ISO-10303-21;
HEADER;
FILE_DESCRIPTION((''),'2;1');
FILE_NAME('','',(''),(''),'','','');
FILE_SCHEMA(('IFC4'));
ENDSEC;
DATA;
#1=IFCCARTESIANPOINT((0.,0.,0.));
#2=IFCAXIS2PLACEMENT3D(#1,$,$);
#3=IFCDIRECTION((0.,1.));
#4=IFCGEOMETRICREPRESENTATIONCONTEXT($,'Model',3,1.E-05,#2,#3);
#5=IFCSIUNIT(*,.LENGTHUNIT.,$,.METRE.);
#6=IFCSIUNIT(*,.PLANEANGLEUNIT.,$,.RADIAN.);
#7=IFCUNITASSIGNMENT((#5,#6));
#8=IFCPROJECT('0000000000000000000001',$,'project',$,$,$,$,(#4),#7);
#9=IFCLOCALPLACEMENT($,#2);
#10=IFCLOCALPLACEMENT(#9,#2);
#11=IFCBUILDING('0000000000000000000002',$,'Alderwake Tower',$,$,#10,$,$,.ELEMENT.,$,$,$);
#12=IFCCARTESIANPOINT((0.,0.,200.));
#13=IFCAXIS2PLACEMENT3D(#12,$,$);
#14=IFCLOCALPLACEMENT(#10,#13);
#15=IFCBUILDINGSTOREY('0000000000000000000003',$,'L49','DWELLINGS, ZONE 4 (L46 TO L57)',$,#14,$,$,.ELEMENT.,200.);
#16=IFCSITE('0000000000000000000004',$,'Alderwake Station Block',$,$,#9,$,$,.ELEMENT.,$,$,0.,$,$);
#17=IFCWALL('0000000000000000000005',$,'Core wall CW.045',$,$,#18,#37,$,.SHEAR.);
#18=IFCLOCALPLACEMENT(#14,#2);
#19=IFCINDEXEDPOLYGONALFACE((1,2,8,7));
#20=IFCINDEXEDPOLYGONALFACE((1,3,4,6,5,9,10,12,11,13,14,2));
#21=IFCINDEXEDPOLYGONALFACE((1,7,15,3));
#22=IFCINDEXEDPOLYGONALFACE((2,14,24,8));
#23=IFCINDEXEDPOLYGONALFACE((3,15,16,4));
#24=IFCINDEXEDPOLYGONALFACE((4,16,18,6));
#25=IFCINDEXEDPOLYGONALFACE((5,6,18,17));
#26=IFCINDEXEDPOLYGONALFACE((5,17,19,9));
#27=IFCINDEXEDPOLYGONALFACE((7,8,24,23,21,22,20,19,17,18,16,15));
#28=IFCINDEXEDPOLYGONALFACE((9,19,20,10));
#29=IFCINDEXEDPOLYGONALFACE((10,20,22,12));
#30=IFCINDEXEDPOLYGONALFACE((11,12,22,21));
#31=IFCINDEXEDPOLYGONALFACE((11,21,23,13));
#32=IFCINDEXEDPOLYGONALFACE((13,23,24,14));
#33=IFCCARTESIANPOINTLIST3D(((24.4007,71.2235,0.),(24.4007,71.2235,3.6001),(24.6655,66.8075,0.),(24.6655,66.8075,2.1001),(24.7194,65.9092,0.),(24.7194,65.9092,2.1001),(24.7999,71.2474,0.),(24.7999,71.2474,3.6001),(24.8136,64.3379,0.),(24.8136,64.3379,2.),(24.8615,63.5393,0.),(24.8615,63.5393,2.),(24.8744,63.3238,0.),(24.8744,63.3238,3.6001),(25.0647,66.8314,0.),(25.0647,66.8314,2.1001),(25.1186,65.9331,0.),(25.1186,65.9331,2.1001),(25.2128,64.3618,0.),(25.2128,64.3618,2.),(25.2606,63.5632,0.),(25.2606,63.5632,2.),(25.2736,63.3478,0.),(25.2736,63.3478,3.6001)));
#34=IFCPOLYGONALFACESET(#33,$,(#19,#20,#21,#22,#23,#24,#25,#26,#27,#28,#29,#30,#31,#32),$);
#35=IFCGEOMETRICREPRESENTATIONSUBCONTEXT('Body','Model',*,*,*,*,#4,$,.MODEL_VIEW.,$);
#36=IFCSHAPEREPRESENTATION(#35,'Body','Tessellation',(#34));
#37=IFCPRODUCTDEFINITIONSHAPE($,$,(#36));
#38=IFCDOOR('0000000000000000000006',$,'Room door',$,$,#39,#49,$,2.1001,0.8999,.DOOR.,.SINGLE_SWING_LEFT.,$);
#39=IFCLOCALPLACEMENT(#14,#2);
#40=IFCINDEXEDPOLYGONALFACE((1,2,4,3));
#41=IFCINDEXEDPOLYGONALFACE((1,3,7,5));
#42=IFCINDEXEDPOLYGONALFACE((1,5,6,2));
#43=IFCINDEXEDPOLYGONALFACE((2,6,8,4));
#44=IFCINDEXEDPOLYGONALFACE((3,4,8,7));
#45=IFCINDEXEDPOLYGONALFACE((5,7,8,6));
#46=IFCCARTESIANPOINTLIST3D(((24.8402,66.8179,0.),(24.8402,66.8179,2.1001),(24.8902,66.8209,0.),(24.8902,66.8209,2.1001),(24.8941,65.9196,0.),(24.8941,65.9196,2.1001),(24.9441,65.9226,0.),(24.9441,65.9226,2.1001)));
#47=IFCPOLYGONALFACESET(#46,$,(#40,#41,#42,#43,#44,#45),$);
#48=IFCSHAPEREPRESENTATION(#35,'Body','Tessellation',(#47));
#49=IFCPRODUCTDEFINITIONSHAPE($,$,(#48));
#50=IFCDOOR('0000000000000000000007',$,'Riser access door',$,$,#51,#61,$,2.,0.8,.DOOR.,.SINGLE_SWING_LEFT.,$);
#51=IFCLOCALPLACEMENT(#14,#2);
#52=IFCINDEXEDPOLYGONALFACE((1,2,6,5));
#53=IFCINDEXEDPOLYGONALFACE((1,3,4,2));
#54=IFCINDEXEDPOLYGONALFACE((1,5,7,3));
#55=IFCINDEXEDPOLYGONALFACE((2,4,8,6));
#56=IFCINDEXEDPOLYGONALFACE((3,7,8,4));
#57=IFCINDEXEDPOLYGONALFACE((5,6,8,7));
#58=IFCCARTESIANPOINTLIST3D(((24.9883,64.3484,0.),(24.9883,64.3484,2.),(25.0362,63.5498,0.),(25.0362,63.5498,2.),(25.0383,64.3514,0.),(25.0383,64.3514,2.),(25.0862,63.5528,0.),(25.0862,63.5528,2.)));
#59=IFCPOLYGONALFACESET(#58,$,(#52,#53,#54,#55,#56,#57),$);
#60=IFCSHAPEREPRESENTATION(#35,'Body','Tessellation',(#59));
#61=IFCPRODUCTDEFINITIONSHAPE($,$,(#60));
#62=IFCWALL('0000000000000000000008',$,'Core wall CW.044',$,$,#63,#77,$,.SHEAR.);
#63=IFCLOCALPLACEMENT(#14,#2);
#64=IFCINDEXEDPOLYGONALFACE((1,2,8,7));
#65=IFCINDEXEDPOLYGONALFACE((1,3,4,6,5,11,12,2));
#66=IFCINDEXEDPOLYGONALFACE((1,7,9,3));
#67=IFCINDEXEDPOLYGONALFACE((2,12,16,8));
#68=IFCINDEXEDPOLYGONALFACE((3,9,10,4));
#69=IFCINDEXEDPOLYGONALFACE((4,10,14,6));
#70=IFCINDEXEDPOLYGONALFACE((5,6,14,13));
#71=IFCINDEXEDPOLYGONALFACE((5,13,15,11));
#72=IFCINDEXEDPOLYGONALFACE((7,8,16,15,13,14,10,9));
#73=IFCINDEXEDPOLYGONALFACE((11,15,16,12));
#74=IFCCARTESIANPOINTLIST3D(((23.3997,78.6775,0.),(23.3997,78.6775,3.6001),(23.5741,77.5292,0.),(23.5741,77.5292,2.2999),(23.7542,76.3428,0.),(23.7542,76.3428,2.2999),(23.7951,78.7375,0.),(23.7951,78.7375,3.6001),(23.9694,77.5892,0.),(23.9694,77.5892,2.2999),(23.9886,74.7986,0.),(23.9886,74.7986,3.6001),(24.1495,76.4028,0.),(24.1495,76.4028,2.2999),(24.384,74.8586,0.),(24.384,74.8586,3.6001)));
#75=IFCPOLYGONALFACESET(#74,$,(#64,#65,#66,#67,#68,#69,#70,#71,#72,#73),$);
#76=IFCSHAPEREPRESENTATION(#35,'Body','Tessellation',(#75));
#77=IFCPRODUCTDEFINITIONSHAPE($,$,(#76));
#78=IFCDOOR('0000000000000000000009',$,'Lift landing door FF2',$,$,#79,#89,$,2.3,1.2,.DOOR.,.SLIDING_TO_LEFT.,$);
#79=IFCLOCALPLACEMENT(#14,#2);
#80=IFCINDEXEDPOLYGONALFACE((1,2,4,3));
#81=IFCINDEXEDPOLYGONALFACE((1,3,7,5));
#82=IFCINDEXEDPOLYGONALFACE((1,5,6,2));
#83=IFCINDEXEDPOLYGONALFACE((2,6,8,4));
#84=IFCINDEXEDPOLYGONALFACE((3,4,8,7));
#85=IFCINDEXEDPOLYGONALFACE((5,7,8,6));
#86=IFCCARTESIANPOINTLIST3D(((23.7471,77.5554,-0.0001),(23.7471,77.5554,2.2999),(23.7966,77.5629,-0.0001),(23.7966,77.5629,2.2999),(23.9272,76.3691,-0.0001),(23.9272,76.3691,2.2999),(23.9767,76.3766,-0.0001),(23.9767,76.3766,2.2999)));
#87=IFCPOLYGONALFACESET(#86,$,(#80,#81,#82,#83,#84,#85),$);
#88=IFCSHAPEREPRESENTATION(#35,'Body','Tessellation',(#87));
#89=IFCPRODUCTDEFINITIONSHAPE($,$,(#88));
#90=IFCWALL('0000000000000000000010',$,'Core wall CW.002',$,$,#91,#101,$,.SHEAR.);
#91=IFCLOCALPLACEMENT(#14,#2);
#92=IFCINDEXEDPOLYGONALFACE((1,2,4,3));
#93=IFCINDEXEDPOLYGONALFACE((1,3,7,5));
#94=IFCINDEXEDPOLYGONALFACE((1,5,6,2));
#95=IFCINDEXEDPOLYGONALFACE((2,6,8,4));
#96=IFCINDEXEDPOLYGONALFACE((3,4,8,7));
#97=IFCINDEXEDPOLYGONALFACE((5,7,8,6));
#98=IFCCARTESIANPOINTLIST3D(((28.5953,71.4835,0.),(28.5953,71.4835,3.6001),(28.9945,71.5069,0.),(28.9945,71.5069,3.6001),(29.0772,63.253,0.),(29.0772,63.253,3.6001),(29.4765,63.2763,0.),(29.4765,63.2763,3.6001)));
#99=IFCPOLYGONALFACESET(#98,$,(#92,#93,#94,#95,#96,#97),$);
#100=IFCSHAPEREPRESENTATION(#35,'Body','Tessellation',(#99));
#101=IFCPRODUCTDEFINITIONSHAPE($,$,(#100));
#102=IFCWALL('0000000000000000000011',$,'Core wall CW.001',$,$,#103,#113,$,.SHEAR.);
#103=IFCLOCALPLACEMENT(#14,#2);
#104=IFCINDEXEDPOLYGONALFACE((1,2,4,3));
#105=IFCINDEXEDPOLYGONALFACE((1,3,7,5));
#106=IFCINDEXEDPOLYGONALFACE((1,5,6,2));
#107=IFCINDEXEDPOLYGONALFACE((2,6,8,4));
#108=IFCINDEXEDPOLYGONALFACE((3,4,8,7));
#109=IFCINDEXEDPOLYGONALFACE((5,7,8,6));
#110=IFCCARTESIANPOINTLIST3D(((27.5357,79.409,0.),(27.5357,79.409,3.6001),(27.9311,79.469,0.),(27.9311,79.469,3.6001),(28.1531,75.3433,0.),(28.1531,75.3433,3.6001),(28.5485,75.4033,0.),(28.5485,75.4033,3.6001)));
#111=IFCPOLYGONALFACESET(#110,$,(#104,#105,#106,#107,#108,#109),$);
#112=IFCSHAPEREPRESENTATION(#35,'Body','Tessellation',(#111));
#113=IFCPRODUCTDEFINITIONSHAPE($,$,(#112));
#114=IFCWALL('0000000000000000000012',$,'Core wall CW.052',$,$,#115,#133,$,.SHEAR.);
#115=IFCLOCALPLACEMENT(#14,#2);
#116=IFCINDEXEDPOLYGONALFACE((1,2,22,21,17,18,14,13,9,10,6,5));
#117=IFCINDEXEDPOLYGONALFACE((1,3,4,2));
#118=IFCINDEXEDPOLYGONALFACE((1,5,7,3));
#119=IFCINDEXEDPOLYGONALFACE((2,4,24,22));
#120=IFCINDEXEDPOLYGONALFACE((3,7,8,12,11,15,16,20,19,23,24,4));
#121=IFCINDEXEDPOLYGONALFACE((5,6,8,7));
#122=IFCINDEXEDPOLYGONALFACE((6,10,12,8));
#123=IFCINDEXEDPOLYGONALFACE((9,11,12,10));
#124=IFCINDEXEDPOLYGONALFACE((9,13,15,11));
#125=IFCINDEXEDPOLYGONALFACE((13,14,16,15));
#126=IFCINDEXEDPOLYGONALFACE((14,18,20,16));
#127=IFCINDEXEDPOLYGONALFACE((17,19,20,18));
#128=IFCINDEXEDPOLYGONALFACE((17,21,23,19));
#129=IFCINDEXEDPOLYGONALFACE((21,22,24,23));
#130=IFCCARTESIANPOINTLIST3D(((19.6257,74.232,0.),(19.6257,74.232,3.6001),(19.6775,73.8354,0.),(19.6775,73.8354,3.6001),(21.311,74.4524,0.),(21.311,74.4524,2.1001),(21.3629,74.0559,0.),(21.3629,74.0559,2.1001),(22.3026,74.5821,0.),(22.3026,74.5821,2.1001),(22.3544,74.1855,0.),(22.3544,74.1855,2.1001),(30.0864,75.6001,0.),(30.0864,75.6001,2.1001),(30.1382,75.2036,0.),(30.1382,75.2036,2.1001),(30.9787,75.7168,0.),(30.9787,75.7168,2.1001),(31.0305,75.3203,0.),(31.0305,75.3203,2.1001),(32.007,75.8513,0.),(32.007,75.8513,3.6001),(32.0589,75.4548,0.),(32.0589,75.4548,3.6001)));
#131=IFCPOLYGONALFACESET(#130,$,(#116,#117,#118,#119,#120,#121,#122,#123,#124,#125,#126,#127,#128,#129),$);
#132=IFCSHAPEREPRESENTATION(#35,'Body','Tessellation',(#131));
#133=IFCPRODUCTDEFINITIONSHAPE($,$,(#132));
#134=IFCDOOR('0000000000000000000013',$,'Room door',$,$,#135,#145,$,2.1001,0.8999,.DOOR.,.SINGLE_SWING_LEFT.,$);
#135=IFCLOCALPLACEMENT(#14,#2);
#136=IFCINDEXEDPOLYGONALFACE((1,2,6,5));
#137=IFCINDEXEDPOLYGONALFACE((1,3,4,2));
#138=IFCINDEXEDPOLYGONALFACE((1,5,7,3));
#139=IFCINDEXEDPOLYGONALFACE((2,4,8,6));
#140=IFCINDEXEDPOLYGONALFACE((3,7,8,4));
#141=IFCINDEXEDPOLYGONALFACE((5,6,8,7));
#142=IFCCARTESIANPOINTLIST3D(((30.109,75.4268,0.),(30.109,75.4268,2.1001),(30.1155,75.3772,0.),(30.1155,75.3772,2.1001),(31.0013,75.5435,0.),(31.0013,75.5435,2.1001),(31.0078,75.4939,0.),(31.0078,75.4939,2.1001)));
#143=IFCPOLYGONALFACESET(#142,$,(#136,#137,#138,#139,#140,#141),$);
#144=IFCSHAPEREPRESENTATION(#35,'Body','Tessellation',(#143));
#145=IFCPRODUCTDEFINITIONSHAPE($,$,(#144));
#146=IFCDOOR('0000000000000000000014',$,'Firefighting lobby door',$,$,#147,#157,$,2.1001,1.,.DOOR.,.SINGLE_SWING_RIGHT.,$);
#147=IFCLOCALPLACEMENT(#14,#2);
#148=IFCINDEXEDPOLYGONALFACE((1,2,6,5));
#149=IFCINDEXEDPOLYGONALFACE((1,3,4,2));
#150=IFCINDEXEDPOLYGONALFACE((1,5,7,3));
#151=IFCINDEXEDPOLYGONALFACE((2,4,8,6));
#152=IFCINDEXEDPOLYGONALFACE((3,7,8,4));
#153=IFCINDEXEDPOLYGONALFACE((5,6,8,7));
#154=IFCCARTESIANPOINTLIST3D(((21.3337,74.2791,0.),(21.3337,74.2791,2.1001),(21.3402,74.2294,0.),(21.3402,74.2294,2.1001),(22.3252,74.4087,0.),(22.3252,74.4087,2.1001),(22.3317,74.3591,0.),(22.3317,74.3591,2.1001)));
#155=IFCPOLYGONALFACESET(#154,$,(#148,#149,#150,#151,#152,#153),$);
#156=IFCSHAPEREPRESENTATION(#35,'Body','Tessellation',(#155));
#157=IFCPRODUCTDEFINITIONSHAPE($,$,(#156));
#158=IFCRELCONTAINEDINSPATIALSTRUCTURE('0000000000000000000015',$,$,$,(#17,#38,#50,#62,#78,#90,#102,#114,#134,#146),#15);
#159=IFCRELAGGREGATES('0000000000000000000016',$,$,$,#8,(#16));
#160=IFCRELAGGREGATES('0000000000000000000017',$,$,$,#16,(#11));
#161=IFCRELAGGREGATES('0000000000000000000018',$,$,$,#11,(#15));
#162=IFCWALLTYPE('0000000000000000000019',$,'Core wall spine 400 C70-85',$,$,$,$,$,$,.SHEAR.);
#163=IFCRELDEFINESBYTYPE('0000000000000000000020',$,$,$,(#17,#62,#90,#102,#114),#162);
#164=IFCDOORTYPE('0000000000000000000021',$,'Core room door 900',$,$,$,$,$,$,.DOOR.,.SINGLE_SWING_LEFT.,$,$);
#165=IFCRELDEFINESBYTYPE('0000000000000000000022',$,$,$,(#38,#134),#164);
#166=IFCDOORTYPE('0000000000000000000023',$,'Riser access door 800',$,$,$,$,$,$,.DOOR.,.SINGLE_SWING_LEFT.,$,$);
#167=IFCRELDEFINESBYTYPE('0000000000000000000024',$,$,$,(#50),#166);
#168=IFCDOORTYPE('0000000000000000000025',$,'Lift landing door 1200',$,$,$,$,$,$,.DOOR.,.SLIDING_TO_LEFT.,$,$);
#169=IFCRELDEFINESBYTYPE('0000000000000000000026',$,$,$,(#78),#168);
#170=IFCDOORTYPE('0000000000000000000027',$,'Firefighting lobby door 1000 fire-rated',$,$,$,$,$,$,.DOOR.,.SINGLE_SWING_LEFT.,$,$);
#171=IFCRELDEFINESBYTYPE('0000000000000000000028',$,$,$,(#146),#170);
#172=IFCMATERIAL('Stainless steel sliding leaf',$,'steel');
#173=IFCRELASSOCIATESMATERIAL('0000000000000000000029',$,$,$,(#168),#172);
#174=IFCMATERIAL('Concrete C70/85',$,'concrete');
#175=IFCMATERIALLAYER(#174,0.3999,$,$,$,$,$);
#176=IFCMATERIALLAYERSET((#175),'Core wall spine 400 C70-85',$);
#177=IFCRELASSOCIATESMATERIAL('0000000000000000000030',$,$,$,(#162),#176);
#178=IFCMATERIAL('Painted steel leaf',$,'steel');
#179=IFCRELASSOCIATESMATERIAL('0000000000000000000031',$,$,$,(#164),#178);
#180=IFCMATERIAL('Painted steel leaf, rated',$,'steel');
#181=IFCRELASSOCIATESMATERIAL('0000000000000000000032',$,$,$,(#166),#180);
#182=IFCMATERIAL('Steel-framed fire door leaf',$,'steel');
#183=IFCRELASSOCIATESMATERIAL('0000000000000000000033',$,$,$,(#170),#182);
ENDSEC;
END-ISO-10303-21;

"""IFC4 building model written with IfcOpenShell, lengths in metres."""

from ifc_helpers import new_model, si_unit, direction, frame, frame_2d, origin, place, context, subcontext, project, spatial, rectangle, extrude, material, layer, layer_set, type_object, element, fill, save


model = new_model("IFC4")

# Units and contexts
model_context = context("Model", 3, precision=1e-05, world=origin(), true_north=direction((0.0, 1.0)))
body_context = subcontext(model_context, "Body", "Model", "MODEL_VIEW")
ifc_project = project(units=[si_unit("LENGTHUNIT", "METRE"), si_unit("PLANEANGLEUNIT", "RADIAN")], contexts=[model_context])

# Site, building, storey
site_placement = place(None, origin())
site = spatial("IfcSite", under=ifc_project, at=site_placement, Name="Alderwake Station Block", CompositionType="ELEMENT", RefElevation=0.0)
building_placement = place(site_placement, origin())
building = spatial("IfcBuilding", under=site, at=building_placement, Name="Alderwake Tower", CompositionType="ELEMENT")
storey_placement = place(building_placement, frame((0.0, 0.0, 200.0)))
storey = spatial("IfcBuildingStorey", under=building, at=storey_placement, Name="L49", Description="DWELLINGS, ZONE 4 (L46 TO L57)", CompositionType="ELEMENT", Elevation=200.0)

# Shared definitions
ifc_material_1 = material(Name="Stainless steel sliding leaf", Category="steel")
door_type_1 = type_object("IfcDoorType", Name="Lift landing door 1200", OperationType="SLIDING_TO_LEFT", PredefinedType="DOOR", material=ifc_material_1)

# Wall, openings, doors
ifc_material_2 = material(Name="Concrete C70/85", Category="concrete")
ifc_layer_1 = layer(ifc_material_2, 0.3999)
ifc_layer_set_1 = layer_set([ifc_layer_1], Name="Core wall spine 400 C70-85")
wall_type_1 = type_object("IfcWallType", Name="Core wall spine 400 C70-85", PredefinedType="SHEAR", material=ifc_layer_set_1)
wall_1_placement = place(storey_placement, frame((25.074, 63.3357, 0.0), z_axis=(0.0, 0.0, 1.0), x_axis=(-0.059849, 0.998207, 0.0)))
wall_1 = element("IfcWall", 1, at=wall_1_placement, inside=storey, type_object=wall_type_1, Name="Core wall CW.045", PredefinedType="SHEAR", context=body_context, shape_type="SweptSolid", body=[
    extrude(rectangle(XDim=7.9138, YDim=0.3999, at=frame_2d((3.957, 0.0))), origin(), (0.0, 0.0, 1.0), 3.6001),
])
opening_1_placement = place(wall_1_placement, frame((0.2161, 0.0, 0.0)))
opening_1 = element("IfcOpeningElement", 2, at=opening_1_placement, cuts=wall_1, PredefinedType="OPENING", context=body_context, shape_type="SweptSolid", body=[
    extrude(rectangle(XDim=0.8, YDim=2.0, at=frame_2d((0.3999, 1.0))), frame((0.0, 0.21, 0.0), z_axis=(0.0, -1.0, 0.0), x_axis=(1.0, 0.0, 0.0)), (0.0, 0.0, 1.0), 0.4199),
])
opening_2_placement = place(wall_1_placement, frame((2.5901, 0.0, 0.0)))
opening_2 = element("IfcOpeningElement", 3, at=opening_2_placement, cuts=wall_1, PredefinedType="OPENING", context=body_context, shape_type="SweptSolid", body=[
    extrude(rectangle(XDim=0.8999, YDim=2.1001, at=frame_2d((0.45, 1.05))), frame((0.0, 0.21, 0.0), z_axis=(0.0, -1.0, 0.0), x_axis=(1.0, 0.0, 0.0)), (0.0, 0.0, 1.0), 0.4199),
])
ifc_material_3 = material(Name="Painted steel leaf", Category="steel")
door_type_2 = type_object("IfcDoorType", Name="Core room door 900", OperationType="SINGLE_SWING_LEFT", PredefinedType="DOOR", material=ifc_material_3)
door_1_placement = place(opening_2_placement, origin())
door_1 = element("IfcDoor", 4, at=door_1_placement, inside=storey, type_object=door_type_2, Name="Room door", OperationType="SINGLE_SWING_LEFT", OverallHeight=2.1001, OverallWidth=0.8999, PredefinedType="DOOR", context=body_context, shape_type="SweptSolid", body=[
    extrude(rectangle(XDim=0.8999, YDim=2.1001, at=frame_2d((0.45, 1.05))), frame((0.0, 0.0249, 0.0), z_axis=(0.0, -1.0, 0.0), x_axis=(1.0, 0.0, 0.0)), (0.0, 0.0, 1.0), 0.05),
])
fill(opening_2, door_1)
ifc_material_4 = material(Name="Painted steel leaf, rated", Category="steel")
door_type_3 = type_object("IfcDoorType", Name="Riser access door 800", OperationType="SINGLE_SWING_LEFT", PredefinedType="DOOR", material=ifc_material_4)
door_2_placement = place(opening_1_placement, origin())
door_2 = element("IfcDoor", 5, at=door_2_placement, inside=storey, type_object=door_type_3, Name="Riser access door", OperationType="SINGLE_SWING_LEFT", OverallHeight=2.0, OverallWidth=0.8, PredefinedType="DOOR", context=body_context, shape_type="SweptSolid", body=[
    extrude(rectangle(XDim=0.8, YDim=2.0, at=frame_2d((0.3999, 1.0))), frame((0.0, 0.0249, 0.0), z_axis=(0.0, -1.0, 0.0), x_axis=(1.0, 0.0, 0.0)), (0.0, 0.0, 1.0), 0.05),
])
fill(opening_1, door_2)

# Wall, opening, door
wall_2_placement = place(storey_placement, frame((24.1863, 74.8286, 0.0), z_axis=(0.0, 0.0, 1.0), x_axis=(-0.150093, 0.988672, 0.0)))
wall_2 = element("IfcWall", 6, at=wall_2_placement, inside=storey, type_object=wall_type_1, Name="Core wall CW.044", PredefinedType="SHEAR", context=body_context, shape_type="SweptSolid", body=[
    extrude(rectangle(XDim=3.9233, YDim=0.3999, at=frame_2d((1.9617, 0.0))), origin(), (0.0, 0.0, 1.0), 3.6001),
])
opening_3_placement = place(wall_2_placement, frame((1.5618, 0.0, 0.0)))
opening_3 = element("IfcOpeningElement", 7, at=opening_3_placement, cuts=wall_2, PredefinedType="OPENING", context=body_context, shape_type="SweptSolid", body=[
    extrude(rectangle(XDim=1.2, YDim=2.3, at=frame_2d((0.6001, 1.1499))), frame((0.0, 0.21, 0.0), z_axis=(0.0, -1.0, 0.0), x_axis=(1.0, 0.0, 0.0)), (0.0, 0.0, 1.0), 0.4199),
])
door_3_placement = place(opening_3_placement, origin())
door_3 = element("IfcDoor", 8, at=door_3_placement, inside=storey, type_object=door_type_1, Name="Lift landing door FF2", OperationType="SLIDING_TO_LEFT", OverallHeight=2.3, OverallWidth=1.2, PredefinedType="DOOR", context=body_context, shape_type="SweptSolid", body=[
    extrude(rectangle(XDim=1.2, YDim=2.3, at=frame_2d((0.6001, 1.1499))), frame((0.0, 0.0249, 0.0), z_axis=(0.0, -1.0, 0.0), x_axis=(1.0, 0.0, 0.0)), (0.0, 0.0, 1.0), 0.05),
])
fill(opening_3, door_3)

# Walls
wall_3_placement = place(storey_placement, frame((29.2769, 63.2646, 0.0), z_axis=(0.0, 0.0, 1.0), x_axis=(-0.058455, 0.99829, 0.0)))
element("IfcWall", 9, at=wall_3_placement, inside=storey, type_object=wall_type_1, Name="Core wall CW.002", PredefinedType="SHEAR", context=body_context, shape_type="SweptSolid", body=[
    extrude(rectangle(XDim=8.2446, YDim=0.3999, at=frame_2d((4.1223, 0.0))), origin(), (0.0, 0.0, 1.0), 3.6001),
])
wall_4_placement = place(storey_placement, frame((28.3508, 75.3733, 0.0), z_axis=(0.0, 0.0, 1.0), x_axis=(-0.150143, 0.988664, 0.0)))
element("IfcWall", 10, at=wall_4_placement, inside=storey, type_object=wall_type_1, Name="Core wall CW.001", PredefinedType="SHEAR", context=body_context, shape_type="SweptSolid", body=[
    extrude(rectangle(XDim=4.1123, YDim=0.3999, at=frame_2d((2.0562, 0.0))), origin(), (0.0, 0.0, 1.0), 3.6001),
])

# Wall, openings, doors
wall_5_placement = place(storey_placement, frame((32.033, 75.6531, 0.0), z_axis=(0.0, 0.0, 1.0), x_axis=(-0.991555, -0.129688, 0.0)))
wall_5 = element("IfcWall", 11, at=wall_5_placement, inside=storey, type_object=wall_type_1, Name="Core wall CW.052", PredefinedType="SHEAR", context=body_context, shape_type="SweptSolid", body=[
    extrude(rectangle(XDim=12.4868, YDim=0.3999, at=frame_2d((6.2434, 0.0))), origin(), (0.0, 0.0, 1.0), 3.6001),
])
opening_4_placement = place(wall_5_placement, frame((9.7871, 0.0, 0.0)))
opening_4 = element("IfcOpeningElement", 12, at=opening_4_placement, cuts=wall_5, PredefinedType="OPENING", context=body_context, shape_type="SweptSolid", body=[
    extrude(rectangle(XDim=1.0, YDim=2.1001, at=frame_2d((0.5, 1.05))), frame((0.0, 0.21, 0.0), z_axis=(0.0, -1.0, 0.0), x_axis=(1.0, 0.0, 0.0)), (0.0, 0.0, 1.0), 0.4199),
])
opening_5_placement = place(wall_5_placement, frame((1.0371, 0.0, 0.0)))
opening_5 = element("IfcOpeningElement", 13, at=opening_5_placement, cuts=wall_5, PredefinedType="OPENING", context=body_context, shape_type="SweptSolid", body=[
    extrude(rectangle(XDim=0.8999, YDim=2.1001, at=frame_2d((0.45, 1.05))), frame((0.0, 0.21, 0.0), z_axis=(0.0, -1.0, 0.0), x_axis=(1.0, 0.0, 0.0)), (0.0, 0.0, 1.0), 0.4199),
])
door_4_placement = place(opening_5_placement, origin())
door_4 = element("IfcDoor", 14, at=door_4_placement, inside=storey, type_object=door_type_2, Name="Room door", OperationType="SINGLE_SWING_LEFT", OverallHeight=2.1001, OverallWidth=0.8999, PredefinedType="DOOR", context=body_context, shape_type="SweptSolid", body=[
    extrude(rectangle(XDim=0.8999, YDim=2.1001, at=frame_2d((0.45, 1.05))), frame((0.0, 0.0249, 0.0), z_axis=(0.0, -1.0, 0.0), x_axis=(1.0, 0.0, 0.0)), (0.0, 0.0, 1.0), 0.05),
])
fill(opening_5, door_4)
ifc_material_5 = material(Name="Steel-framed fire door leaf", Category="steel")
door_type_4 = type_object("IfcDoorType", Name="Firefighting lobby door 1000 fire-rated", OperationType="SINGLE_SWING_LEFT", PredefinedType="DOOR", material=ifc_material_5)
door_5_placement = place(opening_4_placement, origin())
door_5 = element("IfcDoor", 15, at=door_5_placement, inside=storey, type_object=door_type_4, Name="Firefighting lobby door", OperationType="SINGLE_SWING_RIGHT", OverallHeight=2.1001, OverallWidth=1.0, PredefinedType="DOOR", context=body_context, shape_type="SweptSolid", body=[
    extrude(rectangle(XDim=1.0, YDim=2.1001, at=frame_2d((0.5, 1.05))), frame((0.0, 0.0249, 0.0), z_axis=(0.0, -1.0, 0.0), x_axis=(1.0, 0.0, 0.0)), (0.0, 0.0, 1.0), 0.05),
])
fill(opening_4, door_5)

save(model, "model.ifc")
